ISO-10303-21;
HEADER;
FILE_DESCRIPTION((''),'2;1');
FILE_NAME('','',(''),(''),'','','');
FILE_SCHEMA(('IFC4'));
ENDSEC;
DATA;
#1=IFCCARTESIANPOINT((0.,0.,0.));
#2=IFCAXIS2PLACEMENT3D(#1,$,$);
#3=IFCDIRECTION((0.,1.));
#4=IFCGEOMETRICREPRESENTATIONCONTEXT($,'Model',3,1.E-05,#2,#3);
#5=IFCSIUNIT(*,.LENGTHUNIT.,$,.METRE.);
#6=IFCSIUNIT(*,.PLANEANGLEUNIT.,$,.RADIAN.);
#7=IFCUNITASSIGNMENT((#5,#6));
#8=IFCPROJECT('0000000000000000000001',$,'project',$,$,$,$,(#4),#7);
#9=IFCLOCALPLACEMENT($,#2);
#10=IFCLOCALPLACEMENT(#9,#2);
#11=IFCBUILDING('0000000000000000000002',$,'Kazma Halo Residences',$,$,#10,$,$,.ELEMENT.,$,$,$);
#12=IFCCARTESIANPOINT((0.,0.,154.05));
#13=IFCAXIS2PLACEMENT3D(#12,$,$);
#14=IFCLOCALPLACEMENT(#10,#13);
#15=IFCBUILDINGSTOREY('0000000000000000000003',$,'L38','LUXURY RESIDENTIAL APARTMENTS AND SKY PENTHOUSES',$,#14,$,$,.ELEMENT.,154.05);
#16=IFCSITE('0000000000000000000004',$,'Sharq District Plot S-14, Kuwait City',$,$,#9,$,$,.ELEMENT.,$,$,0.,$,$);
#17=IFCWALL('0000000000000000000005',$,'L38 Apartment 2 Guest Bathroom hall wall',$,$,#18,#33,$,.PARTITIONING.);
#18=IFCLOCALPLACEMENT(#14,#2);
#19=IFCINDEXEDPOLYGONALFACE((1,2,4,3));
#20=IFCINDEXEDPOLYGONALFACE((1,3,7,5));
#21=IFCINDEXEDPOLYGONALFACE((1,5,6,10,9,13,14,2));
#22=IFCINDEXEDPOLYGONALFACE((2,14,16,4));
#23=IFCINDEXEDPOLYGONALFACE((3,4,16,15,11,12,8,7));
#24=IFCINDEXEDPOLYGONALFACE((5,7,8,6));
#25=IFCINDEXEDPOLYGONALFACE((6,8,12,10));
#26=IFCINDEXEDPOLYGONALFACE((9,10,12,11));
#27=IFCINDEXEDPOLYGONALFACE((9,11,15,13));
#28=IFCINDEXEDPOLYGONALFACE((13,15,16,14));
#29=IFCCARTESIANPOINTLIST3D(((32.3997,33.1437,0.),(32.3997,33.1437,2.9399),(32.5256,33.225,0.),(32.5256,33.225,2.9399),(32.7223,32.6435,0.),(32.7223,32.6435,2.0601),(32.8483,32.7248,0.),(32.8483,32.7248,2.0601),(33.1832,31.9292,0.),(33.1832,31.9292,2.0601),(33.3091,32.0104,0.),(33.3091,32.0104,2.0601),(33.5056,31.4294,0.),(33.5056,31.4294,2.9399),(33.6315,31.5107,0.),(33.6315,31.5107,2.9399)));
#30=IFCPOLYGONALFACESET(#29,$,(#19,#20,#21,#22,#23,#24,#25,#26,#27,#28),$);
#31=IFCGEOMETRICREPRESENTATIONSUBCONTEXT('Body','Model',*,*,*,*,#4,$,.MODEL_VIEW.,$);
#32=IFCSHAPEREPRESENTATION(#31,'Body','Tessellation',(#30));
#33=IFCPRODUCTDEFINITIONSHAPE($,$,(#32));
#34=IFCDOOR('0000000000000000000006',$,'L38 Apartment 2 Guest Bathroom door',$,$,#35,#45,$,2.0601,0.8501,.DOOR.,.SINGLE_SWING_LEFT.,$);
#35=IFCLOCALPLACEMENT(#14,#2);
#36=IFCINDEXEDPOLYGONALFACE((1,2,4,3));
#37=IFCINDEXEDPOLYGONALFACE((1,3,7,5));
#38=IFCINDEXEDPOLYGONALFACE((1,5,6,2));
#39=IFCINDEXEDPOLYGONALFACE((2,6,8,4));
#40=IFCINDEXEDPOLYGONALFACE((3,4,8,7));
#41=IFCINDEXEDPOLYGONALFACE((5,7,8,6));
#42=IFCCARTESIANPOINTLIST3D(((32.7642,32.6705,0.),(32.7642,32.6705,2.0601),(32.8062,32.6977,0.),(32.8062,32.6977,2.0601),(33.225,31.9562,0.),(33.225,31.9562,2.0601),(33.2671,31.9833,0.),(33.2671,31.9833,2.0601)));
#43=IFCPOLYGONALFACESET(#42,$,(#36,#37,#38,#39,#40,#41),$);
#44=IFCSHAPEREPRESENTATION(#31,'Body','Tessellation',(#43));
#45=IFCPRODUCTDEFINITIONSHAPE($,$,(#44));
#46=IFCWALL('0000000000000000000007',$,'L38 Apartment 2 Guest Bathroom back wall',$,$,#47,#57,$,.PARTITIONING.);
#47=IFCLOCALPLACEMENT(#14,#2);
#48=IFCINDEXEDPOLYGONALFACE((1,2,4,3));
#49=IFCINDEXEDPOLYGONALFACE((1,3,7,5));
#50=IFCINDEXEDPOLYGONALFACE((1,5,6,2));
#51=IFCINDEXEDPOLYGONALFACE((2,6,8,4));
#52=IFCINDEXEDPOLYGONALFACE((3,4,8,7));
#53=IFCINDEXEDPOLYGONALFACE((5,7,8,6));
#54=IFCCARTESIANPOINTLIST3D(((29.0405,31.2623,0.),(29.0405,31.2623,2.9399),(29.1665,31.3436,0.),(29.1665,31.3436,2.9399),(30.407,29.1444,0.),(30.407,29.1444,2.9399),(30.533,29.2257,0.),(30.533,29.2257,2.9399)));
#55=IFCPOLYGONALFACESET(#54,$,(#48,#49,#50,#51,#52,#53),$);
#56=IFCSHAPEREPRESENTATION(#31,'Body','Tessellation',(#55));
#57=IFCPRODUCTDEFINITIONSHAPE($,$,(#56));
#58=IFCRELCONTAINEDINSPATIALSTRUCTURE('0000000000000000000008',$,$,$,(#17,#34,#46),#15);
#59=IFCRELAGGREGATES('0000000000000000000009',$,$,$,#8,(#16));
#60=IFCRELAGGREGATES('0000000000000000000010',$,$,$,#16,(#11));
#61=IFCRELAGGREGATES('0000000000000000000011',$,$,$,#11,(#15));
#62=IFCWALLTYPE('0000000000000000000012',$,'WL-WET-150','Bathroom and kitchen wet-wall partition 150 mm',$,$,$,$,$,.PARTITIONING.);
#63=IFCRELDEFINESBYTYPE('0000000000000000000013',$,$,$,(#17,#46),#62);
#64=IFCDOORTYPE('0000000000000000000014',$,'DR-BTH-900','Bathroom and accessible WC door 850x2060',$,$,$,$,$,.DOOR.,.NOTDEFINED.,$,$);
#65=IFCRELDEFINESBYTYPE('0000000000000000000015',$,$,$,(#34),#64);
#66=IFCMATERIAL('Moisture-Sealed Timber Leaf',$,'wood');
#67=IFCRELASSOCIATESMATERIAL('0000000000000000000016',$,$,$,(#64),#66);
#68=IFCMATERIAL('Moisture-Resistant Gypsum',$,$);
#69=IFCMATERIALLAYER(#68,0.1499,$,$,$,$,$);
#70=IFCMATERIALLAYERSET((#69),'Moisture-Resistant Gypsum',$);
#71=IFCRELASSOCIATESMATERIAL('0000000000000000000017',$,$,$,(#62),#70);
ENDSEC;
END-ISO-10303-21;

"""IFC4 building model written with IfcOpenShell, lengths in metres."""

from ifc_helpers import new_model, si_unit, direction, frame, frame_2d, origin, place, context, subcontext, project, spatial, rectangle, extrude, material, layer, layer_set, type_object, element, fill, save


model = new_model("IFC4")

# Units and contexts
model_context = context("Model", 3, precision=1e-05, world=origin(), true_north=direction((0.0, 1.0)))
body_context = subcontext(model_context, "Body", "Model", "MODEL_VIEW")
ifc_project = project(units=[si_unit("LENGTHUNIT", "METRE"), si_unit("PLANEANGLEUNIT", "RADIAN")], contexts=[model_context])

# Site, building, storey
site_placement = place(None, origin())
site = spatial("IfcSite", under=ifc_project, at=site_placement, Name="Sharq District Plot S-14, Kuwait City", CompositionType="ELEMENT", RefElevation=0.0)
building_placement = place(site_placement, origin())
building = spatial("IfcBuilding", under=site, at=building_placement, Name="Kazma Halo Residences", CompositionType="ELEMENT")
storey_placement = place(building_placement, frame((0.0, 0.0, 154.05)))
storey = spatial("IfcBuildingStorey", under=building, at=storey_placement, Name="L38", Description="LUXURY RESIDENTIAL APARTMENTS AND SKY PENTHOUSES", CompositionType="ELEMENT", Elevation=154.05)

# Wall, opening, door
ifc_material_1 = material(Name="Moisture-Sealed Timber Leaf", Category="wood")
door_type = type_object("IfcDoorType", Name="DR-BTH-900", Description="Bathroom and accessible WC door 850x2060", OperationType="NOTDEFINED", PredefinedType="DOOR", material=ifc_material_1)
ifc_material_2 = material(Name="Moisture-Resistant Gypsum")
ifc_layer_1 = layer(ifc_material_2, 0.1499)
ifc_layer_set_1 = layer_set([ifc_layer_1], Name="Moisture-Resistant Gypsum")
wall_type_1 = type_object("IfcWallType", Name="WL-WET-150", Description="Bathroom and kitchen wet-wall partition 150 mm", PredefinedType="PARTITIONING", material=ifc_layer_set_1)
wall_1_placement = place(storey_placement, frame((32.4626, 33.1843, 0.0), z_axis=(0.0, 0.0, 1.0), x_axis=(0.5421, -0.840314, 0.0)))
wall_1 = element("IfcWall", 1, at=wall_1_placement, inside=storey, type_object=wall_type_1, Name="L38 Apartment 2 Guest Bathroom hall wall", PredefinedType="PARTITIONING", context=body_context, shape_type="SweptSolid", body=[
    extrude(rectangle(XDim=2.04, YDim=0.1499, at=frame_2d((1.02, 0.0))), origin(), (0.0, 0.0, 1.0), 2.9399),
])
opening_1_placement = place(wall_1_placement, frame((0.5952, 0.0, 0.0)))
opening_1 = element("IfcOpeningElement", 2, at=opening_1_placement, cuts=wall_1, PredefinedType="OPENING", context=body_context, shape_type="SweptSolid", body=[
    extrude(rectangle(XDim=0.8501, YDim=2.0601, at=frame_2d((0.425, 1.03))), frame((0.0, 0.085, 0.0), z_axis=(0.0, -1.0, 0.0), x_axis=(1.0, 0.0, 0.0)), (0.0, 0.0, 1.0), 0.1699),
])
door_1_placement = place(opening_1_placement, origin())
door_1 = element("IfcDoor", 3, at=door_1_placement, inside=storey, type_object=door_type, Name="L38 Apartment 2 Guest Bathroom door", OperationType="SINGLE_SWING_LEFT", OverallHeight=2.0601, OverallWidth=0.8501, PredefinedType="DOOR", context=body_context, shape_type="SweptSolid", body=[
    extrude(rectangle(XDim=0.8501, YDim=2.0601, at=frame_2d((0.425, 1.03))), frame((0.0, 0.0249, 0.0), z_axis=(0.0, -1.0, 0.0), x_axis=(1.0, 0.0, 0.0)), (0.0, 0.0, 1.0), 0.05),
])
fill(opening_1, door_1)

# Wall
wall_2_placement = place(storey_placement, frame((29.1035, 31.303, 0.0), z_axis=(0.0, 0.0, 1.0), x_axis=(0.542142, -0.840287, 0.0)))
element("IfcWall", 4, at=wall_2_placement, inside=storey, type_object=wall_type_1, Name="L38 Apartment 2 Guest Bathroom back wall", PredefinedType="PARTITIONING", context=body_context, shape_type="SweptSolid", body=[
    extrude(rectangle(XDim=2.5205, YDim=0.1499, at=frame_2d((1.2603, 0.0))), origin(), (0.0, 0.0, 1.0), 2.9399),
])

save(model, "model.ifc")
